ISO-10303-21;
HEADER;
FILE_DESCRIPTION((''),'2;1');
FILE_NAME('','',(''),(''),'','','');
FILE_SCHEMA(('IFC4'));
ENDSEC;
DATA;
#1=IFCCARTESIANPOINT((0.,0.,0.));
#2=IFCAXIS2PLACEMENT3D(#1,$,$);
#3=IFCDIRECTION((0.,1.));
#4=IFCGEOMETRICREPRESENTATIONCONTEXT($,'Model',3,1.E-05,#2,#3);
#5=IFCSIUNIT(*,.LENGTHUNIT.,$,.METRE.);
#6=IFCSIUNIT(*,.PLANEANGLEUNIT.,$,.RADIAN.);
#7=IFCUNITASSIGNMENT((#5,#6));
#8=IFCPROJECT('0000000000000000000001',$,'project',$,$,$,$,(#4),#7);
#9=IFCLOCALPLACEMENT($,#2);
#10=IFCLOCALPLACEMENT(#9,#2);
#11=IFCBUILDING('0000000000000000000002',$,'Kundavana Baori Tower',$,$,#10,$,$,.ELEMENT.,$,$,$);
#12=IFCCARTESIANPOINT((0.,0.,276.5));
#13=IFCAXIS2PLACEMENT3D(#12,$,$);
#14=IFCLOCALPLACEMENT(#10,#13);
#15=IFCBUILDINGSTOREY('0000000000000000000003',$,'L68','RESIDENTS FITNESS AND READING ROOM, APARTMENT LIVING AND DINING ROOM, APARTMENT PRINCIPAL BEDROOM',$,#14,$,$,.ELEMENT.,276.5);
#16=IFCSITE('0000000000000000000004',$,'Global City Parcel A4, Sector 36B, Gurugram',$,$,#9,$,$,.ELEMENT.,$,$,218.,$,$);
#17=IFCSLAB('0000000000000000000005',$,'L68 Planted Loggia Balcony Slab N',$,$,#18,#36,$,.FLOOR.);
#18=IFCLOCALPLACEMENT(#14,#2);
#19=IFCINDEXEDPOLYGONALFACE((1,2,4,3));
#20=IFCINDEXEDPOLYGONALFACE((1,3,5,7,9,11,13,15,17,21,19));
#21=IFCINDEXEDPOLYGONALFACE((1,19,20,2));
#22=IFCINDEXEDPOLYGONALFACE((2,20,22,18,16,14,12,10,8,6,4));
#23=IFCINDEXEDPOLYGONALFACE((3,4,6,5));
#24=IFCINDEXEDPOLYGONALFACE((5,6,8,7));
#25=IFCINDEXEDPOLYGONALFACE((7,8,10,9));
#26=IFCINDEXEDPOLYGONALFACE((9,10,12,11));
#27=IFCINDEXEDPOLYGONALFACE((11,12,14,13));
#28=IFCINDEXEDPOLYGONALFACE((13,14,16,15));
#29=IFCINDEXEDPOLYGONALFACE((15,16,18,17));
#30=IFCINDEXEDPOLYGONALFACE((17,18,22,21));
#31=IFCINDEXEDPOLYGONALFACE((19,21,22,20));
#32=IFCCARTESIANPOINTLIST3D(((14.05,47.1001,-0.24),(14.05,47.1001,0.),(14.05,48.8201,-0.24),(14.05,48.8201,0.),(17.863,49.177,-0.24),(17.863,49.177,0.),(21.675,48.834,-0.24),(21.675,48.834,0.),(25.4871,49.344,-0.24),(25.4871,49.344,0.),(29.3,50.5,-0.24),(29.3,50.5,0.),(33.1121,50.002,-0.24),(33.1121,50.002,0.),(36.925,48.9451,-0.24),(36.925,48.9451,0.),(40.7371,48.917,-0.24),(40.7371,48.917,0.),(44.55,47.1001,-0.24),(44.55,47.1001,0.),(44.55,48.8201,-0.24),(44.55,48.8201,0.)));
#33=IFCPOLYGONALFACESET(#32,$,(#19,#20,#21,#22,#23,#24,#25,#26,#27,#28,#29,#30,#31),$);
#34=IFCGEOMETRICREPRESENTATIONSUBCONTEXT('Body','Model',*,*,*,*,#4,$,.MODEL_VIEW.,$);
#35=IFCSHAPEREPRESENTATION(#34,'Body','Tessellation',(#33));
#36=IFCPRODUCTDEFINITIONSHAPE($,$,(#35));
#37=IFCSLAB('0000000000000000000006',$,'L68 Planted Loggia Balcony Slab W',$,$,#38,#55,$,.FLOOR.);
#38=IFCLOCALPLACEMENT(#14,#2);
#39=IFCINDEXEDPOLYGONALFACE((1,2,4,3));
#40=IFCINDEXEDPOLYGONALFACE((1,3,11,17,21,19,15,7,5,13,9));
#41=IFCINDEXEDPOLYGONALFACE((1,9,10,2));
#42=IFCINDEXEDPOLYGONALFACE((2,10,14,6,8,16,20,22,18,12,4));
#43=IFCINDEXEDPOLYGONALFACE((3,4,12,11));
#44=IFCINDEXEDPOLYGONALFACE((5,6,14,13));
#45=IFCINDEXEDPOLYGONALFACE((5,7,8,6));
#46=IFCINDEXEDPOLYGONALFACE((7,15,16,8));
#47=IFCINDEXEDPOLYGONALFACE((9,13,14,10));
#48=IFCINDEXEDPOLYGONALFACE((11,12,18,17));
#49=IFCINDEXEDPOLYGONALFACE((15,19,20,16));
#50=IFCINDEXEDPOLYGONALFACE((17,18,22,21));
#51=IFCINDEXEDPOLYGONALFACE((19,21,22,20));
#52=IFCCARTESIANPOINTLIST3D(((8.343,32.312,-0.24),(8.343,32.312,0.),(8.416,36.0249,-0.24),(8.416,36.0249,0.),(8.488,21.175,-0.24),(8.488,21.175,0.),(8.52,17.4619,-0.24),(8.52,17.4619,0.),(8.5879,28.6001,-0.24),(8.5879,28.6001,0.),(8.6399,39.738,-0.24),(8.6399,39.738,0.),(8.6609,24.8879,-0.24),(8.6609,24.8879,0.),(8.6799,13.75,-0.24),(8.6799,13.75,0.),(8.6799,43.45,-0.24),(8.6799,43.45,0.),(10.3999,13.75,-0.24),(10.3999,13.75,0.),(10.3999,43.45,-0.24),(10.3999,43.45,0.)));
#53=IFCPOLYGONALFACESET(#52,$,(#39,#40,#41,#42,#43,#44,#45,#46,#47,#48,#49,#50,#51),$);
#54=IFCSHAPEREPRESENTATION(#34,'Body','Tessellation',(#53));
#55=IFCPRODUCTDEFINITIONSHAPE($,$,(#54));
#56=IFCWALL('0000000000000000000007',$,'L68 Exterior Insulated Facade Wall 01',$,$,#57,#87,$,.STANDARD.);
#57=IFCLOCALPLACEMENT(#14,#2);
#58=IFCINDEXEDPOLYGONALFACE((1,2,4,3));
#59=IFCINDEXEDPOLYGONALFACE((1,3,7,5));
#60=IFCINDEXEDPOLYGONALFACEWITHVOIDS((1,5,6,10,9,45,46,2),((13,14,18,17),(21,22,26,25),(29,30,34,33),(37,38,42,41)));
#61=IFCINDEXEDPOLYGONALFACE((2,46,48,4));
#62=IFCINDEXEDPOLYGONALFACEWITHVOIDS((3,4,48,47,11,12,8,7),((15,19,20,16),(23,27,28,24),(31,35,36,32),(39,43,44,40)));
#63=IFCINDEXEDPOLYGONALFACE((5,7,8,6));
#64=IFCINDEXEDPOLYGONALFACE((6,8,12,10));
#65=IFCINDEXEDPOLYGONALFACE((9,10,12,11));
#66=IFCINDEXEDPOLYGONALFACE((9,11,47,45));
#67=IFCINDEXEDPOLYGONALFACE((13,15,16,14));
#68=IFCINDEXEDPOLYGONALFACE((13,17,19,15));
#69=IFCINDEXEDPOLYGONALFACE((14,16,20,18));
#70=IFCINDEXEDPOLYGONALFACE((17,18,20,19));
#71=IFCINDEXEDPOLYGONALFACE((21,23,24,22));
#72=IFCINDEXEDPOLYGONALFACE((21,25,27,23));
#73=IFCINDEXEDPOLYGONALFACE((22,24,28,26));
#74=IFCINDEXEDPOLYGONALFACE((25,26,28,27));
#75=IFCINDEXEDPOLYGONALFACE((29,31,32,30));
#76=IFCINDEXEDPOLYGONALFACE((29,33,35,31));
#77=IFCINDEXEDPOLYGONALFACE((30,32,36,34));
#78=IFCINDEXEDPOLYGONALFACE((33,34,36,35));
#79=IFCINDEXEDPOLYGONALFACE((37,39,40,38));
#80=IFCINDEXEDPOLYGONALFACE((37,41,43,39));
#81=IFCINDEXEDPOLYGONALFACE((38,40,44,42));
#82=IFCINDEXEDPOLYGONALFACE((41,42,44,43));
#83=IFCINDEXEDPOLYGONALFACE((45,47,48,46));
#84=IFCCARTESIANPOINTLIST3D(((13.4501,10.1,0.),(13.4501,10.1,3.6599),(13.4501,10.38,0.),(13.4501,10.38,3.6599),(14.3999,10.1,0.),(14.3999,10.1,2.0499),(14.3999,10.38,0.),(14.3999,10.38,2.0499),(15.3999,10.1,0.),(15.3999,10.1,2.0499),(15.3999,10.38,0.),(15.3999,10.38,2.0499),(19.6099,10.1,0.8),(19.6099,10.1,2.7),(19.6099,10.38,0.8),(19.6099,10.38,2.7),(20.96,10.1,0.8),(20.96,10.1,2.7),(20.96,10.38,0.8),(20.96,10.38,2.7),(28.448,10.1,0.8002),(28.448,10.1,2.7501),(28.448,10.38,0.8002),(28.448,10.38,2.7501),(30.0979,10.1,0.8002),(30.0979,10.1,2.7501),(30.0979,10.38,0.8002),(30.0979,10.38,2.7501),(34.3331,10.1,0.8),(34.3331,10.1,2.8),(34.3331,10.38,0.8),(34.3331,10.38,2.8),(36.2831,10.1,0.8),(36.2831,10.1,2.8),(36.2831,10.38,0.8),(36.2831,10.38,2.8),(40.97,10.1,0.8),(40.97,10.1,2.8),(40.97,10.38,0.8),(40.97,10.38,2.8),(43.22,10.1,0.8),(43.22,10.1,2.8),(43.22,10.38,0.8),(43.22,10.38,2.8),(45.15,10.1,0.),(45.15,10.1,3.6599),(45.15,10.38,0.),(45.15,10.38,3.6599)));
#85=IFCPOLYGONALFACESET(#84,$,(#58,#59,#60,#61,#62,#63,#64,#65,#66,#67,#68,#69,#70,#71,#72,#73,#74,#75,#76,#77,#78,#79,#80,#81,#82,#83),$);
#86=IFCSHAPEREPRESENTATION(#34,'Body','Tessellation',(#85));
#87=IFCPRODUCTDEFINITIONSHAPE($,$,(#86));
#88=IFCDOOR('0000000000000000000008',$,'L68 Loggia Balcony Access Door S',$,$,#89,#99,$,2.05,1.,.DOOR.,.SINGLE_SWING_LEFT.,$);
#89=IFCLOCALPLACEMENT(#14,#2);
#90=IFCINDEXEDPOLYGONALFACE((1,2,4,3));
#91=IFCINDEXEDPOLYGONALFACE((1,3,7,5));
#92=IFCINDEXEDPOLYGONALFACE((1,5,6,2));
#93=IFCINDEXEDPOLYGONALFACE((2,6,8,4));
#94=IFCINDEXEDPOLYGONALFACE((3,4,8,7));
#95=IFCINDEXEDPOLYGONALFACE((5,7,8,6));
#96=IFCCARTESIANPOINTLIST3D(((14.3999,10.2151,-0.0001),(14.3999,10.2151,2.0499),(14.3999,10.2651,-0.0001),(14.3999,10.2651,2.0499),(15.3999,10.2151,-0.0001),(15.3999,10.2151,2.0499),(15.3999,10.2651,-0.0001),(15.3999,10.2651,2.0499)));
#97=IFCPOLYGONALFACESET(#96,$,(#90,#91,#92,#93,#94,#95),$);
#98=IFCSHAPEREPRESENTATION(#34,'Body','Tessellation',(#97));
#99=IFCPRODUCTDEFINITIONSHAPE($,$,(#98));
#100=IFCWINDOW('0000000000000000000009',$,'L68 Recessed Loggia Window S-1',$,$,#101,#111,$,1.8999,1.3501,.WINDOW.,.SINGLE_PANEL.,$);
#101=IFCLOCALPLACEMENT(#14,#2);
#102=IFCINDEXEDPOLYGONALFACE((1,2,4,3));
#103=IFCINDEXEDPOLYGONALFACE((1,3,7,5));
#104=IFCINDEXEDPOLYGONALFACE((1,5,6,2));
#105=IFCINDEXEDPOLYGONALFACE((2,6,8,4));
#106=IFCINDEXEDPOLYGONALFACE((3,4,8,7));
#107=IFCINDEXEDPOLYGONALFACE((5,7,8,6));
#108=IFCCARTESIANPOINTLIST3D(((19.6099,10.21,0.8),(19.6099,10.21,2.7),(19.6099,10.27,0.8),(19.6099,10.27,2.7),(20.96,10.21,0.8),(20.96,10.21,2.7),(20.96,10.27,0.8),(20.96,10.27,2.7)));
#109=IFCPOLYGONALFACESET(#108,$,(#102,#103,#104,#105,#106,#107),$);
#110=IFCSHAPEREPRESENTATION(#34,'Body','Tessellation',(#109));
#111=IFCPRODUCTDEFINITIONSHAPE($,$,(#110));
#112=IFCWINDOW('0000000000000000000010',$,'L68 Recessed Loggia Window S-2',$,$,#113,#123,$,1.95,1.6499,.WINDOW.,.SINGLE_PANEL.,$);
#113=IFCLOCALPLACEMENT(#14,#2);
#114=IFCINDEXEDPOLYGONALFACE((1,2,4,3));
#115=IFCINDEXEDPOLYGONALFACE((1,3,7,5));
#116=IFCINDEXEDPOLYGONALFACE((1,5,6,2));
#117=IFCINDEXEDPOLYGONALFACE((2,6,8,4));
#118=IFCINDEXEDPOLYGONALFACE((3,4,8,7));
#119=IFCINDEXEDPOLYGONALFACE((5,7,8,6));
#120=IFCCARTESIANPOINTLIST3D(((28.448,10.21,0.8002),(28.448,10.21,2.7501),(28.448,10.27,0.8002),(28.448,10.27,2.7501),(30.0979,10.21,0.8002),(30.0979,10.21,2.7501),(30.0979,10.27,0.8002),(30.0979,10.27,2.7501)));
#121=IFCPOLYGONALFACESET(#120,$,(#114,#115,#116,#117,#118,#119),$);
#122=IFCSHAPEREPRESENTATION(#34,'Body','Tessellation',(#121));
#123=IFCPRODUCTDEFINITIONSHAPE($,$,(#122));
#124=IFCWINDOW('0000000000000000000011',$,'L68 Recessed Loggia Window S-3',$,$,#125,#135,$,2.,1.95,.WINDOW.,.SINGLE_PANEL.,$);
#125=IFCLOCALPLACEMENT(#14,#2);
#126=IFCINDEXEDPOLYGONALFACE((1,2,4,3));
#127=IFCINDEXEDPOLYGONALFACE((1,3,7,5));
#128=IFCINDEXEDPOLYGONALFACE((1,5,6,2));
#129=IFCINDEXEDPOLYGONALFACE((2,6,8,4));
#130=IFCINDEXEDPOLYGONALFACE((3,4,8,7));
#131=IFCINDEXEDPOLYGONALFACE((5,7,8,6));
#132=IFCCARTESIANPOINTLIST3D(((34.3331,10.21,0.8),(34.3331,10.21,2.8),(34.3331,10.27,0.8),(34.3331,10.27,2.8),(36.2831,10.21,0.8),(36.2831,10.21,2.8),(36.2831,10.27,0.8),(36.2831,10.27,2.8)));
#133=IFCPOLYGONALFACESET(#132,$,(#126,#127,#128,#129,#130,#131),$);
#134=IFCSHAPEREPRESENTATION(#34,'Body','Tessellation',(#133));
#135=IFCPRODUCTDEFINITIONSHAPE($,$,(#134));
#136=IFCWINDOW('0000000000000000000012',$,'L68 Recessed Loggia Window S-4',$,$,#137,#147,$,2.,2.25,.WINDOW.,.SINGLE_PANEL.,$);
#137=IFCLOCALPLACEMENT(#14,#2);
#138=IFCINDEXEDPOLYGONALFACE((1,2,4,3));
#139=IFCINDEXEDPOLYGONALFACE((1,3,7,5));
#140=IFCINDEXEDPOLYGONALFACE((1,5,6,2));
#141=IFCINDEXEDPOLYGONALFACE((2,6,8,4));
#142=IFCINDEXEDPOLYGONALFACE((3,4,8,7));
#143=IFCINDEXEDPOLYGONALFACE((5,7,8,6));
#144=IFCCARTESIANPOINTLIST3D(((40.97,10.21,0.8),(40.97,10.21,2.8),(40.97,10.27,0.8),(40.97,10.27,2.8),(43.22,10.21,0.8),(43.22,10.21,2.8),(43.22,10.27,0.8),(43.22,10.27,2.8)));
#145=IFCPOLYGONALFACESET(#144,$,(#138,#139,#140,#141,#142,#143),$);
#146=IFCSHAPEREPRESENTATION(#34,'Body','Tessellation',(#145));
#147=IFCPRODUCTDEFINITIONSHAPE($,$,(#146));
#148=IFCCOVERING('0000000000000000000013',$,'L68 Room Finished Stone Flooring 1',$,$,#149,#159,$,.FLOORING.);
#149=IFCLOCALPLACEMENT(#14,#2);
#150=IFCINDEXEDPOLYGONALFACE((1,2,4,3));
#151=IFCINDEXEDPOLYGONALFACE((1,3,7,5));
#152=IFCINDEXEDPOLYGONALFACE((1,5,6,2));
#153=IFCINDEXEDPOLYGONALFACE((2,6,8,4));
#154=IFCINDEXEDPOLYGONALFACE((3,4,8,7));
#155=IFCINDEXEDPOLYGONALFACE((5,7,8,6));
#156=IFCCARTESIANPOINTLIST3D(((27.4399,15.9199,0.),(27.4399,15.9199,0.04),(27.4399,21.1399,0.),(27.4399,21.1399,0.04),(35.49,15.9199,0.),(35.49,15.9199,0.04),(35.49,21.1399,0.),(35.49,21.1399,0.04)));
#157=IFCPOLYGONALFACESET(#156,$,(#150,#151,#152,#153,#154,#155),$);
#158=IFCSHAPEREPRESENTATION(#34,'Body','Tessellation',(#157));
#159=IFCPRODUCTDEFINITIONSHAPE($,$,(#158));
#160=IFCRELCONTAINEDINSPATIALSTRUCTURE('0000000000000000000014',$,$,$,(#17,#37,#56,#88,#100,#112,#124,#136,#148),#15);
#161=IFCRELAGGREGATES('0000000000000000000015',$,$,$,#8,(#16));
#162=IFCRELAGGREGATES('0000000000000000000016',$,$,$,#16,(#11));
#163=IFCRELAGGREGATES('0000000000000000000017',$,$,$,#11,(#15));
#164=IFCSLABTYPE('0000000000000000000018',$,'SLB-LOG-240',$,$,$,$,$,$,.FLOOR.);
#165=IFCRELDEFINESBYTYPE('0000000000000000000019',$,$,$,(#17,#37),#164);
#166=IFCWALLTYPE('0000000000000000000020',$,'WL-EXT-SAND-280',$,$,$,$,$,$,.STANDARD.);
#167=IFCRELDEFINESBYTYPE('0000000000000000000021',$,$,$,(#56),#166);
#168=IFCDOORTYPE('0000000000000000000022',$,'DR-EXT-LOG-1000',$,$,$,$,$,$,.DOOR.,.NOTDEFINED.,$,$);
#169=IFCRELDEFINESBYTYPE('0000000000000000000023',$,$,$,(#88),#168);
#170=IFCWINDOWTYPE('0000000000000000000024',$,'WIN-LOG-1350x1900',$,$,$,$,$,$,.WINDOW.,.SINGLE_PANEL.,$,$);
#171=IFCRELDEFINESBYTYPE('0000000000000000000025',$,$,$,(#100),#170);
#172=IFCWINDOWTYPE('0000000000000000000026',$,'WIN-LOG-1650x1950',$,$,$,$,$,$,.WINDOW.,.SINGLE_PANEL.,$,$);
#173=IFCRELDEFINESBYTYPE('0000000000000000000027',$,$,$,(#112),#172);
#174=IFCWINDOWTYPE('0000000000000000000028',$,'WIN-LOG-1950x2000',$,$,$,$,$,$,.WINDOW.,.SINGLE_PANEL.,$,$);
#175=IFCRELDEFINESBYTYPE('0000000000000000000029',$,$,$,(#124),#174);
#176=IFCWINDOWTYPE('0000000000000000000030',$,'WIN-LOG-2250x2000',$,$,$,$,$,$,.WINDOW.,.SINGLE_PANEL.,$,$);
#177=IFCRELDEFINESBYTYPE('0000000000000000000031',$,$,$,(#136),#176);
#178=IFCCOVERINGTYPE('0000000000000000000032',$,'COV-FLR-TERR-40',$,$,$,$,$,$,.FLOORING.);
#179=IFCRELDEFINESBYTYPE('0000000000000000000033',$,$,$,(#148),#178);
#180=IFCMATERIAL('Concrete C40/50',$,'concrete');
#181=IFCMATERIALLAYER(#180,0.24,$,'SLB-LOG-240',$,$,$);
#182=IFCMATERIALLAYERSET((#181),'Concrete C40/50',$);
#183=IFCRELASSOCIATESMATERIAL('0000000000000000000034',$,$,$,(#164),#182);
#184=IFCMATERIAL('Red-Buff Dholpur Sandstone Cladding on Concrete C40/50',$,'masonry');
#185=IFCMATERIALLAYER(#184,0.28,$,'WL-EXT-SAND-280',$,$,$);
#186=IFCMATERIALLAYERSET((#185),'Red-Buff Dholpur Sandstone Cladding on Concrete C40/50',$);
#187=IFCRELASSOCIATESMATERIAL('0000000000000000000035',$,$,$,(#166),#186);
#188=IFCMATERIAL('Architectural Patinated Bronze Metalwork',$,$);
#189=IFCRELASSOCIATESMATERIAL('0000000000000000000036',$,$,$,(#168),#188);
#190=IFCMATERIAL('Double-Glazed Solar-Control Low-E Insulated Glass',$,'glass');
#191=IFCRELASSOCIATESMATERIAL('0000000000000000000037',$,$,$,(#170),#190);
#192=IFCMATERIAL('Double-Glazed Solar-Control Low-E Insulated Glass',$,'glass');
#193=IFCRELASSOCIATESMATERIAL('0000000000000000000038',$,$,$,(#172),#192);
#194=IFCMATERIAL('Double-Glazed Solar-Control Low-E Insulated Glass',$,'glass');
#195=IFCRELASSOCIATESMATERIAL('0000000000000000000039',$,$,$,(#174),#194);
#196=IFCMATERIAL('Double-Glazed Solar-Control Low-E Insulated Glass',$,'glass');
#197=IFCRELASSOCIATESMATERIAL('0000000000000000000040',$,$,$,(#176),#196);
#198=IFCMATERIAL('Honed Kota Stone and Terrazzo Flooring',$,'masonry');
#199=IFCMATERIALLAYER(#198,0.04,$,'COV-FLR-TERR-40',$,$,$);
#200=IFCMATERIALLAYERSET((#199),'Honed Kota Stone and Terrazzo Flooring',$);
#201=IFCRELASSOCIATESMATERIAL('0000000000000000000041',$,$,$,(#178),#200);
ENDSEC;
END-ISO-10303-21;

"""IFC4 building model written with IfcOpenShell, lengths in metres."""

from ifc_helpers import new_model, si_unit, direction, frame, frame_2d, origin, place, context, subcontext, project, spatial, polyline, rectangle, outline, extrude, material, layer, layer_set, type_object, element, fill, save


model = new_model("IFC4")

# Units and contexts
model_context = context("Model", 3, precision=1e-05, world=origin(), true_north=direction((0.0, 1.0)))
body_context = subcontext(model_context, "Body", "Model", "MODEL_VIEW")
ifc_project = project(units=[si_unit("LENGTHUNIT", "METRE"), si_unit("PLANEANGLEUNIT", "RADIAN")], contexts=[model_context])

# Site, building, storey
site_placement = place(None, origin())
site = spatial("IfcSite", under=ifc_project, at=site_placement, Name="Global City Parcel A4, Sector 36B, Gurugram", CompositionType="ELEMENT", RefElevation=218.0)
building_placement = place(site_placement, origin())
building = spatial("IfcBuilding", under=site, at=building_placement, Name="Kundavana Baori Tower", CompositionType="ELEMENT")
storey_placement = place(building_placement, frame((0.0, 0.0, 276.5)))
storey = spatial("IfcBuildingStorey", under=building, at=storey_placement, Name="L68", Description="RESIDENTS FITNESS AND READING ROOM, APARTMENT LIVING AND DINING ROOM, APARTMENT PRINCIPAL BEDROOM", CompositionType="ELEMENT", Elevation=276.5)

# Slabs
ifc_material_1 = material(Name="Concrete C40/50", Category="concrete")
ifc_layer_1 = layer(ifc_material_1, 0.24, Name="SLB-LOG-240")
ifc_layer_set_1 = layer_set([ifc_layer_1], Name="Concrete C40/50")
slab_type_1 = type_object("IfcSlabType", Name="SLB-LOG-240", PredefinedType="FLOOR", material=ifc_layer_set_1)
slab_1_placement = place(storey_placement, frame((0.0, 0.0, -0.24)))
element("IfcSlab", 1, at=slab_1_placement, inside=storey, type_object=slab_type_1, Name="L68 Planted Loggia Balcony Slab N", PredefinedType="FLOOR", context=body_context, shape_type="SweptSolid", body=[
    extrude(outline(polyline([(44.55, 47.1001), (14.05, 47.1001), (14.05, 48.8201), (17.863, 49.177), (21.675, 48.834), (25.4871, 49.344), (29.3, 50.5), (33.1121, 50.002), (36.925, 48.9451), (40.7371, 48.917), (44.55, 48.8201), (44.55, 47.1001)])), origin(), (0.0, 0.0, 1.0), 0.24),
])
slab_2_placement = place(storey_placement, frame((0.0, 0.0, -0.24)))
element("IfcSlab", 2, at=slab_2_placement, inside=storey, type_object=slab_type_1, Name="L68 Planted Loggia Balcony Slab W", PredefinedType="FLOOR", context=body_context, shape_type="SweptSolid", body=[
    extrude(outline(polyline([(10.3999, 43.45), (10.3999, 13.75), (8.6799, 13.75), (8.52, 17.4619), (8.488, 21.175), (8.6609, 24.8879), (8.5879, 28.6001), (8.343, 32.312), (8.416, 36.0249), (8.6399, 39.738), (8.6799, 43.45), (10.3999, 43.45)])), origin(), (0.0, 0.0, 1.0), 0.24),
])

# Wall, openings, door, windows
ifc_material_2 = material(Name="Red-Buff Dholpur Sandstone Cladding on Concrete C40/50", Category="masonry")
ifc_layer_2 = layer(ifc_material_2, 0.28, Name="WL-EXT-SAND-280")
ifc_layer_set_2 = layer_set([ifc_layer_2], Name="Red-Buff Dholpur Sandstone Cladding on Concrete C40/50")
wall_type = type_object("IfcWallType", Name="WL-EXT-SAND-280", PredefinedType="STANDARD", material=ifc_layer_set_2)
wall_placement = place(storey_placement, frame((13.45, 10.24, 0.0), z_axis=(0.0, 0.0, 1.0), x_axis=(1.0, 0.0, 0.0)))
wall = element("IfcWall", 3, at=wall_placement, inside=storey, type_object=wall_type, Name="L68 Exterior Insulated Facade Wall 01", PredefinedType="STANDARD", context=body_context, shape_type="SweptSolid", body=[
    extrude(rectangle(XDim=31.7, YDim=0.28, at=frame_2d((15.8501, 0.0))), origin(), (0.0, 0.0, 1.0), 3.6599),
])
opening_1_placement = place(wall_placement, frame((0.95, 0.0, 0.0)))
opening_1 = element("IfcOpeningElement", 4, at=opening_1_placement, cuts=wall, PredefinedType="OPENING", context=body_context, shape_type="SweptSolid", body=[
    extrude(rectangle(XDim=1.0, YDim=2.05, at=frame_2d((0.5, 1.0249))), frame((0.0, 0.1499, 0.0), z_axis=(0.0, -1.0, 0.0), x_axis=(1.0, 0.0, 0.0)), (0.0, 0.0, 1.0), 0.3),
])
opening_2_placement = place(wall_placement, frame((6.1599, 0.0, 0.8)))
opening_2 = element("IfcOpeningElement", 5, at=opening_2_placement, cuts=wall, PredefinedType="OPENING", context=body_context, shape_type="SweptSolid", body=[
    extrude(rectangle(XDim=1.3501, YDim=1.8999, at=frame_2d((0.675, 0.95))), frame((0.0, 0.1499, 0.0), z_axis=(0.0, -1.0, 0.0), x_axis=(1.0, 0.0, 0.0)), (0.0, 0.0, 1.0), 0.3),
])
opening_3_placement = place(wall_placement, frame((14.998, 0.0, 0.8)))
opening_3 = element("IfcOpeningElement", 6, at=opening_3_placement, cuts=wall, PredefinedType="OPENING", context=body_context, shape_type="SweptSolid", body=[
    extrude(rectangle(XDim=1.6499, YDim=1.95, at=frame_2d((0.825, 0.9751))), frame((0.0, 0.1499, 0.0), z_axis=(0.0, -1.0, 0.0), x_axis=(1.0, 0.0, 0.0)), (0.0, 0.0, 1.0), 0.3),
])
opening_4_placement = place(wall_placement, frame((20.8831, 0.0, 0.8)))
opening_4 = element("IfcOpeningElement", 7, at=opening_4_placement, cuts=wall, PredefinedType="OPENING", context=body_context, shape_type="SweptSolid", body=[
    extrude(rectangle(XDim=1.95, YDim=2.0, at=frame_2d((0.9751, 1.0))), frame((0.0, 0.1499, 0.0), z_axis=(0.0, -1.0, 0.0), x_axis=(1.0, 0.0, 0.0)), (0.0, 0.0, 1.0), 0.3),
])
opening_5_placement = place(wall_placement, frame((27.52, 0.0, 0.8)))
opening_5 = element("IfcOpeningElement", 8, at=opening_5_placement, cuts=wall, PredefinedType="OPENING", context=body_context, shape_type="SweptSolid", body=[
    extrude(rectangle(XDim=2.25, YDim=2.0, at=frame_2d((1.125, 1.0))), frame((0.0, 0.1499, 0.0), z_axis=(0.0, -1.0, 0.0), x_axis=(1.0, 0.0, 0.0)), (0.0, 0.0, 1.0), 0.3),
])
ifc_material_3 = material(Name="Architectural Patinated Bronze Metalwork")
door_type = type_object("IfcDoorType", Name="DR-EXT-LOG-1000", OperationType="NOTDEFINED", PredefinedType="DOOR", material=ifc_material_3)
door_placement = place(opening_1_placement, frame((1.0, 0.0, 0.0), z_axis=(0.0, 0.0, 1.0), x_axis=(-1.0, 0.0, 0.0)))
door = element("IfcDoor", 9, at=door_placement, inside=storey, type_object=door_type, Name="L68 Loggia Balcony Access Door S", OperationType="SINGLE_SWING_LEFT", OverallHeight=2.05, OverallWidth=1.0, PredefinedType="DOOR", context=body_context, shape_type="SweptSolid", body=[
    extrude(rectangle(XDim=1.0, YDim=2.05, at=frame_2d((0.5, 1.0249))), frame((0.0, 0.0249, 0.0), z_axis=(0.0, -1.0, 0.0), x_axis=(1.0, 0.0, 0.0)), (0.0, 0.0, 1.0), 0.05),
])
fill(opening_1, door)
ifc_material_4 = material(Name="Double-Glazed Solar-Control Low-E Insulated Glass", Category="glass")
window_type_1 = type_object("IfcWindowType", Name="WIN-LOG-1350x1900", PartitioningType="SINGLE_PANEL", PredefinedType="WINDOW", material=ifc_material_4)
window_1_placement = place(opening_2_placement, origin())
window_1 = element("IfcWindow", 10, at=window_1_placement, inside=storey, type_object=window_type_1, Name="L68 Recessed Loggia Window S-1", OverallHeight=1.8999, OverallWidth=1.3501, PartitioningType="SINGLE_PANEL", PredefinedType="WINDOW", context=body_context, shape_type="SweptSolid", body=[
    extrude(rectangle(XDim=1.3501, YDim=1.8999, at=frame_2d((0.675, 0.95))), frame((0.0, 0.03, 0.0), z_axis=(0.0, -1.0, 0.0), x_axis=(1.0, 0.0, 0.0)), (0.0, 0.0, 1.0), 0.0601),
])
fill(opening_2, window_1)
ifc_material_5 = material(Name="Double-Glazed Solar-Control Low-E Insulated Glass", Category="glass")
window_type_2 = type_object("IfcWindowType", Name="WIN-LOG-1650x1950", PartitioningType="SINGLE_PANEL", PredefinedType="WINDOW", material=ifc_material_5)
window_2_placement = place(opening_3_placement, origin())
window_2 = element("IfcWindow", 11, at=window_2_placement, inside=storey, type_object=window_type_2, Name="L68 Recessed Loggia Window S-2", OverallHeight=1.95, OverallWidth=1.6499, PartitioningType="SINGLE_PANEL", PredefinedType="WINDOW", context=body_context, shape_type="SweptSolid", body=[
    extrude(rectangle(XDim=1.6499, YDim=1.95, at=frame_2d((0.825, 0.9751))), frame((0.0, 0.03, 0.0), z_axis=(0.0, -1.0, 0.0), x_axis=(1.0, 0.0, 0.0)), (0.0, 0.0, 1.0), 0.0601),
])
fill(opening_3, window_2)
ifc_material_6 = material(Name="Double-Glazed Solar-Control Low-E Insulated Glass", Category="glass")
window_type_3 = type_object("IfcWindowType", Name="WIN-LOG-1950x2000", PartitioningType="SINGLE_PANEL", PredefinedType="WINDOW", material=ifc_material_6)
window_3_placement = place(opening_4_placement, origin())
window_3 = element("IfcWindow", 12, at=window_3_placement, inside=storey, type_object=window_type_3, Name="L68 Recessed Loggia Window S-3", OverallHeight=2.0, OverallWidth=1.95, PartitioningType="SINGLE_PANEL", PredefinedType="WINDOW", context=body_context, shape_type="SweptSolid", body=[
    extrude(rectangle(XDim=1.95, YDim=2.0, at=frame_2d((0.9751, 1.0))), frame((0.0, 0.03, 0.0), z_axis=(0.0, -1.0, 0.0), x_axis=(1.0, 0.0, 0.0)), (0.0, 0.0, 1.0), 0.0601),
])
fill(opening_4, window_3)
ifc_material_7 = material(Name="Double-Glazed Solar-Control Low-E Insulated Glass", Category="glass")
window_type_4 = type_object("IfcWindowType", Name="WIN-LOG-2250x2000", PartitioningType="SINGLE_PANEL", PredefinedType="WINDOW", material=ifc_material_7)
window_4_placement = place(opening_5_placement, origin())
window_4 = element("IfcWindow", 13, at=window_4_placement, inside=storey, type_object=window_type_4, Name="L68 Recessed Loggia Window S-4", OverallHeight=2.0, OverallWidth=2.25, PartitioningType="SINGLE_PANEL", PredefinedType="WINDOW", context=body_context, shape_type="SweptSolid", body=[
    extrude(rectangle(XDim=2.25, YDim=2.0, at=frame_2d((1.125, 1.0))), frame((0.0, 0.03, 0.0), z_axis=(0.0, -1.0, 0.0), x_axis=(1.0, 0.0, 0.0)), (0.0, 0.0, 1.0), 0.0601),
])
fill(opening_5, window_4)

# Covering
ifc_material_8 = material(Name="Honed Kota Stone and Terrazzo Flooring", Category="masonry")
ifc_layer_3 = layer(ifc_material_8, 0.04, Name="COV-FLR-TERR-40")
ifc_layer_set_3 = layer_set([ifc_layer_3], Name="Honed Kota Stone and Terrazzo Flooring")
covering_type_1 = type_object("IfcCoveringType", Name="COV-FLR-TERR-40", PredefinedType="FLOORING", material=ifc_layer_set_3)
covering_1_placement = place(storey_placement, origin())
element("IfcCovering", 14, at=covering_1_placement, inside=storey, type_object=covering_type_1, Name="L68 Room Finished Stone Flooring 1", PredefinedType="FLOORING", context=body_context, shape_type="SweptSolid", body=[
    extrude(outline(polyline([(27.4399, 15.9199), (35.49, 15.9199), (35.49, 21.1399), (27.4399, 21.1399), (27.4399, 15.9199)])), origin(), (0.0, 0.0, 1.0), 0.04),
])

save(model, "model.ifc")
